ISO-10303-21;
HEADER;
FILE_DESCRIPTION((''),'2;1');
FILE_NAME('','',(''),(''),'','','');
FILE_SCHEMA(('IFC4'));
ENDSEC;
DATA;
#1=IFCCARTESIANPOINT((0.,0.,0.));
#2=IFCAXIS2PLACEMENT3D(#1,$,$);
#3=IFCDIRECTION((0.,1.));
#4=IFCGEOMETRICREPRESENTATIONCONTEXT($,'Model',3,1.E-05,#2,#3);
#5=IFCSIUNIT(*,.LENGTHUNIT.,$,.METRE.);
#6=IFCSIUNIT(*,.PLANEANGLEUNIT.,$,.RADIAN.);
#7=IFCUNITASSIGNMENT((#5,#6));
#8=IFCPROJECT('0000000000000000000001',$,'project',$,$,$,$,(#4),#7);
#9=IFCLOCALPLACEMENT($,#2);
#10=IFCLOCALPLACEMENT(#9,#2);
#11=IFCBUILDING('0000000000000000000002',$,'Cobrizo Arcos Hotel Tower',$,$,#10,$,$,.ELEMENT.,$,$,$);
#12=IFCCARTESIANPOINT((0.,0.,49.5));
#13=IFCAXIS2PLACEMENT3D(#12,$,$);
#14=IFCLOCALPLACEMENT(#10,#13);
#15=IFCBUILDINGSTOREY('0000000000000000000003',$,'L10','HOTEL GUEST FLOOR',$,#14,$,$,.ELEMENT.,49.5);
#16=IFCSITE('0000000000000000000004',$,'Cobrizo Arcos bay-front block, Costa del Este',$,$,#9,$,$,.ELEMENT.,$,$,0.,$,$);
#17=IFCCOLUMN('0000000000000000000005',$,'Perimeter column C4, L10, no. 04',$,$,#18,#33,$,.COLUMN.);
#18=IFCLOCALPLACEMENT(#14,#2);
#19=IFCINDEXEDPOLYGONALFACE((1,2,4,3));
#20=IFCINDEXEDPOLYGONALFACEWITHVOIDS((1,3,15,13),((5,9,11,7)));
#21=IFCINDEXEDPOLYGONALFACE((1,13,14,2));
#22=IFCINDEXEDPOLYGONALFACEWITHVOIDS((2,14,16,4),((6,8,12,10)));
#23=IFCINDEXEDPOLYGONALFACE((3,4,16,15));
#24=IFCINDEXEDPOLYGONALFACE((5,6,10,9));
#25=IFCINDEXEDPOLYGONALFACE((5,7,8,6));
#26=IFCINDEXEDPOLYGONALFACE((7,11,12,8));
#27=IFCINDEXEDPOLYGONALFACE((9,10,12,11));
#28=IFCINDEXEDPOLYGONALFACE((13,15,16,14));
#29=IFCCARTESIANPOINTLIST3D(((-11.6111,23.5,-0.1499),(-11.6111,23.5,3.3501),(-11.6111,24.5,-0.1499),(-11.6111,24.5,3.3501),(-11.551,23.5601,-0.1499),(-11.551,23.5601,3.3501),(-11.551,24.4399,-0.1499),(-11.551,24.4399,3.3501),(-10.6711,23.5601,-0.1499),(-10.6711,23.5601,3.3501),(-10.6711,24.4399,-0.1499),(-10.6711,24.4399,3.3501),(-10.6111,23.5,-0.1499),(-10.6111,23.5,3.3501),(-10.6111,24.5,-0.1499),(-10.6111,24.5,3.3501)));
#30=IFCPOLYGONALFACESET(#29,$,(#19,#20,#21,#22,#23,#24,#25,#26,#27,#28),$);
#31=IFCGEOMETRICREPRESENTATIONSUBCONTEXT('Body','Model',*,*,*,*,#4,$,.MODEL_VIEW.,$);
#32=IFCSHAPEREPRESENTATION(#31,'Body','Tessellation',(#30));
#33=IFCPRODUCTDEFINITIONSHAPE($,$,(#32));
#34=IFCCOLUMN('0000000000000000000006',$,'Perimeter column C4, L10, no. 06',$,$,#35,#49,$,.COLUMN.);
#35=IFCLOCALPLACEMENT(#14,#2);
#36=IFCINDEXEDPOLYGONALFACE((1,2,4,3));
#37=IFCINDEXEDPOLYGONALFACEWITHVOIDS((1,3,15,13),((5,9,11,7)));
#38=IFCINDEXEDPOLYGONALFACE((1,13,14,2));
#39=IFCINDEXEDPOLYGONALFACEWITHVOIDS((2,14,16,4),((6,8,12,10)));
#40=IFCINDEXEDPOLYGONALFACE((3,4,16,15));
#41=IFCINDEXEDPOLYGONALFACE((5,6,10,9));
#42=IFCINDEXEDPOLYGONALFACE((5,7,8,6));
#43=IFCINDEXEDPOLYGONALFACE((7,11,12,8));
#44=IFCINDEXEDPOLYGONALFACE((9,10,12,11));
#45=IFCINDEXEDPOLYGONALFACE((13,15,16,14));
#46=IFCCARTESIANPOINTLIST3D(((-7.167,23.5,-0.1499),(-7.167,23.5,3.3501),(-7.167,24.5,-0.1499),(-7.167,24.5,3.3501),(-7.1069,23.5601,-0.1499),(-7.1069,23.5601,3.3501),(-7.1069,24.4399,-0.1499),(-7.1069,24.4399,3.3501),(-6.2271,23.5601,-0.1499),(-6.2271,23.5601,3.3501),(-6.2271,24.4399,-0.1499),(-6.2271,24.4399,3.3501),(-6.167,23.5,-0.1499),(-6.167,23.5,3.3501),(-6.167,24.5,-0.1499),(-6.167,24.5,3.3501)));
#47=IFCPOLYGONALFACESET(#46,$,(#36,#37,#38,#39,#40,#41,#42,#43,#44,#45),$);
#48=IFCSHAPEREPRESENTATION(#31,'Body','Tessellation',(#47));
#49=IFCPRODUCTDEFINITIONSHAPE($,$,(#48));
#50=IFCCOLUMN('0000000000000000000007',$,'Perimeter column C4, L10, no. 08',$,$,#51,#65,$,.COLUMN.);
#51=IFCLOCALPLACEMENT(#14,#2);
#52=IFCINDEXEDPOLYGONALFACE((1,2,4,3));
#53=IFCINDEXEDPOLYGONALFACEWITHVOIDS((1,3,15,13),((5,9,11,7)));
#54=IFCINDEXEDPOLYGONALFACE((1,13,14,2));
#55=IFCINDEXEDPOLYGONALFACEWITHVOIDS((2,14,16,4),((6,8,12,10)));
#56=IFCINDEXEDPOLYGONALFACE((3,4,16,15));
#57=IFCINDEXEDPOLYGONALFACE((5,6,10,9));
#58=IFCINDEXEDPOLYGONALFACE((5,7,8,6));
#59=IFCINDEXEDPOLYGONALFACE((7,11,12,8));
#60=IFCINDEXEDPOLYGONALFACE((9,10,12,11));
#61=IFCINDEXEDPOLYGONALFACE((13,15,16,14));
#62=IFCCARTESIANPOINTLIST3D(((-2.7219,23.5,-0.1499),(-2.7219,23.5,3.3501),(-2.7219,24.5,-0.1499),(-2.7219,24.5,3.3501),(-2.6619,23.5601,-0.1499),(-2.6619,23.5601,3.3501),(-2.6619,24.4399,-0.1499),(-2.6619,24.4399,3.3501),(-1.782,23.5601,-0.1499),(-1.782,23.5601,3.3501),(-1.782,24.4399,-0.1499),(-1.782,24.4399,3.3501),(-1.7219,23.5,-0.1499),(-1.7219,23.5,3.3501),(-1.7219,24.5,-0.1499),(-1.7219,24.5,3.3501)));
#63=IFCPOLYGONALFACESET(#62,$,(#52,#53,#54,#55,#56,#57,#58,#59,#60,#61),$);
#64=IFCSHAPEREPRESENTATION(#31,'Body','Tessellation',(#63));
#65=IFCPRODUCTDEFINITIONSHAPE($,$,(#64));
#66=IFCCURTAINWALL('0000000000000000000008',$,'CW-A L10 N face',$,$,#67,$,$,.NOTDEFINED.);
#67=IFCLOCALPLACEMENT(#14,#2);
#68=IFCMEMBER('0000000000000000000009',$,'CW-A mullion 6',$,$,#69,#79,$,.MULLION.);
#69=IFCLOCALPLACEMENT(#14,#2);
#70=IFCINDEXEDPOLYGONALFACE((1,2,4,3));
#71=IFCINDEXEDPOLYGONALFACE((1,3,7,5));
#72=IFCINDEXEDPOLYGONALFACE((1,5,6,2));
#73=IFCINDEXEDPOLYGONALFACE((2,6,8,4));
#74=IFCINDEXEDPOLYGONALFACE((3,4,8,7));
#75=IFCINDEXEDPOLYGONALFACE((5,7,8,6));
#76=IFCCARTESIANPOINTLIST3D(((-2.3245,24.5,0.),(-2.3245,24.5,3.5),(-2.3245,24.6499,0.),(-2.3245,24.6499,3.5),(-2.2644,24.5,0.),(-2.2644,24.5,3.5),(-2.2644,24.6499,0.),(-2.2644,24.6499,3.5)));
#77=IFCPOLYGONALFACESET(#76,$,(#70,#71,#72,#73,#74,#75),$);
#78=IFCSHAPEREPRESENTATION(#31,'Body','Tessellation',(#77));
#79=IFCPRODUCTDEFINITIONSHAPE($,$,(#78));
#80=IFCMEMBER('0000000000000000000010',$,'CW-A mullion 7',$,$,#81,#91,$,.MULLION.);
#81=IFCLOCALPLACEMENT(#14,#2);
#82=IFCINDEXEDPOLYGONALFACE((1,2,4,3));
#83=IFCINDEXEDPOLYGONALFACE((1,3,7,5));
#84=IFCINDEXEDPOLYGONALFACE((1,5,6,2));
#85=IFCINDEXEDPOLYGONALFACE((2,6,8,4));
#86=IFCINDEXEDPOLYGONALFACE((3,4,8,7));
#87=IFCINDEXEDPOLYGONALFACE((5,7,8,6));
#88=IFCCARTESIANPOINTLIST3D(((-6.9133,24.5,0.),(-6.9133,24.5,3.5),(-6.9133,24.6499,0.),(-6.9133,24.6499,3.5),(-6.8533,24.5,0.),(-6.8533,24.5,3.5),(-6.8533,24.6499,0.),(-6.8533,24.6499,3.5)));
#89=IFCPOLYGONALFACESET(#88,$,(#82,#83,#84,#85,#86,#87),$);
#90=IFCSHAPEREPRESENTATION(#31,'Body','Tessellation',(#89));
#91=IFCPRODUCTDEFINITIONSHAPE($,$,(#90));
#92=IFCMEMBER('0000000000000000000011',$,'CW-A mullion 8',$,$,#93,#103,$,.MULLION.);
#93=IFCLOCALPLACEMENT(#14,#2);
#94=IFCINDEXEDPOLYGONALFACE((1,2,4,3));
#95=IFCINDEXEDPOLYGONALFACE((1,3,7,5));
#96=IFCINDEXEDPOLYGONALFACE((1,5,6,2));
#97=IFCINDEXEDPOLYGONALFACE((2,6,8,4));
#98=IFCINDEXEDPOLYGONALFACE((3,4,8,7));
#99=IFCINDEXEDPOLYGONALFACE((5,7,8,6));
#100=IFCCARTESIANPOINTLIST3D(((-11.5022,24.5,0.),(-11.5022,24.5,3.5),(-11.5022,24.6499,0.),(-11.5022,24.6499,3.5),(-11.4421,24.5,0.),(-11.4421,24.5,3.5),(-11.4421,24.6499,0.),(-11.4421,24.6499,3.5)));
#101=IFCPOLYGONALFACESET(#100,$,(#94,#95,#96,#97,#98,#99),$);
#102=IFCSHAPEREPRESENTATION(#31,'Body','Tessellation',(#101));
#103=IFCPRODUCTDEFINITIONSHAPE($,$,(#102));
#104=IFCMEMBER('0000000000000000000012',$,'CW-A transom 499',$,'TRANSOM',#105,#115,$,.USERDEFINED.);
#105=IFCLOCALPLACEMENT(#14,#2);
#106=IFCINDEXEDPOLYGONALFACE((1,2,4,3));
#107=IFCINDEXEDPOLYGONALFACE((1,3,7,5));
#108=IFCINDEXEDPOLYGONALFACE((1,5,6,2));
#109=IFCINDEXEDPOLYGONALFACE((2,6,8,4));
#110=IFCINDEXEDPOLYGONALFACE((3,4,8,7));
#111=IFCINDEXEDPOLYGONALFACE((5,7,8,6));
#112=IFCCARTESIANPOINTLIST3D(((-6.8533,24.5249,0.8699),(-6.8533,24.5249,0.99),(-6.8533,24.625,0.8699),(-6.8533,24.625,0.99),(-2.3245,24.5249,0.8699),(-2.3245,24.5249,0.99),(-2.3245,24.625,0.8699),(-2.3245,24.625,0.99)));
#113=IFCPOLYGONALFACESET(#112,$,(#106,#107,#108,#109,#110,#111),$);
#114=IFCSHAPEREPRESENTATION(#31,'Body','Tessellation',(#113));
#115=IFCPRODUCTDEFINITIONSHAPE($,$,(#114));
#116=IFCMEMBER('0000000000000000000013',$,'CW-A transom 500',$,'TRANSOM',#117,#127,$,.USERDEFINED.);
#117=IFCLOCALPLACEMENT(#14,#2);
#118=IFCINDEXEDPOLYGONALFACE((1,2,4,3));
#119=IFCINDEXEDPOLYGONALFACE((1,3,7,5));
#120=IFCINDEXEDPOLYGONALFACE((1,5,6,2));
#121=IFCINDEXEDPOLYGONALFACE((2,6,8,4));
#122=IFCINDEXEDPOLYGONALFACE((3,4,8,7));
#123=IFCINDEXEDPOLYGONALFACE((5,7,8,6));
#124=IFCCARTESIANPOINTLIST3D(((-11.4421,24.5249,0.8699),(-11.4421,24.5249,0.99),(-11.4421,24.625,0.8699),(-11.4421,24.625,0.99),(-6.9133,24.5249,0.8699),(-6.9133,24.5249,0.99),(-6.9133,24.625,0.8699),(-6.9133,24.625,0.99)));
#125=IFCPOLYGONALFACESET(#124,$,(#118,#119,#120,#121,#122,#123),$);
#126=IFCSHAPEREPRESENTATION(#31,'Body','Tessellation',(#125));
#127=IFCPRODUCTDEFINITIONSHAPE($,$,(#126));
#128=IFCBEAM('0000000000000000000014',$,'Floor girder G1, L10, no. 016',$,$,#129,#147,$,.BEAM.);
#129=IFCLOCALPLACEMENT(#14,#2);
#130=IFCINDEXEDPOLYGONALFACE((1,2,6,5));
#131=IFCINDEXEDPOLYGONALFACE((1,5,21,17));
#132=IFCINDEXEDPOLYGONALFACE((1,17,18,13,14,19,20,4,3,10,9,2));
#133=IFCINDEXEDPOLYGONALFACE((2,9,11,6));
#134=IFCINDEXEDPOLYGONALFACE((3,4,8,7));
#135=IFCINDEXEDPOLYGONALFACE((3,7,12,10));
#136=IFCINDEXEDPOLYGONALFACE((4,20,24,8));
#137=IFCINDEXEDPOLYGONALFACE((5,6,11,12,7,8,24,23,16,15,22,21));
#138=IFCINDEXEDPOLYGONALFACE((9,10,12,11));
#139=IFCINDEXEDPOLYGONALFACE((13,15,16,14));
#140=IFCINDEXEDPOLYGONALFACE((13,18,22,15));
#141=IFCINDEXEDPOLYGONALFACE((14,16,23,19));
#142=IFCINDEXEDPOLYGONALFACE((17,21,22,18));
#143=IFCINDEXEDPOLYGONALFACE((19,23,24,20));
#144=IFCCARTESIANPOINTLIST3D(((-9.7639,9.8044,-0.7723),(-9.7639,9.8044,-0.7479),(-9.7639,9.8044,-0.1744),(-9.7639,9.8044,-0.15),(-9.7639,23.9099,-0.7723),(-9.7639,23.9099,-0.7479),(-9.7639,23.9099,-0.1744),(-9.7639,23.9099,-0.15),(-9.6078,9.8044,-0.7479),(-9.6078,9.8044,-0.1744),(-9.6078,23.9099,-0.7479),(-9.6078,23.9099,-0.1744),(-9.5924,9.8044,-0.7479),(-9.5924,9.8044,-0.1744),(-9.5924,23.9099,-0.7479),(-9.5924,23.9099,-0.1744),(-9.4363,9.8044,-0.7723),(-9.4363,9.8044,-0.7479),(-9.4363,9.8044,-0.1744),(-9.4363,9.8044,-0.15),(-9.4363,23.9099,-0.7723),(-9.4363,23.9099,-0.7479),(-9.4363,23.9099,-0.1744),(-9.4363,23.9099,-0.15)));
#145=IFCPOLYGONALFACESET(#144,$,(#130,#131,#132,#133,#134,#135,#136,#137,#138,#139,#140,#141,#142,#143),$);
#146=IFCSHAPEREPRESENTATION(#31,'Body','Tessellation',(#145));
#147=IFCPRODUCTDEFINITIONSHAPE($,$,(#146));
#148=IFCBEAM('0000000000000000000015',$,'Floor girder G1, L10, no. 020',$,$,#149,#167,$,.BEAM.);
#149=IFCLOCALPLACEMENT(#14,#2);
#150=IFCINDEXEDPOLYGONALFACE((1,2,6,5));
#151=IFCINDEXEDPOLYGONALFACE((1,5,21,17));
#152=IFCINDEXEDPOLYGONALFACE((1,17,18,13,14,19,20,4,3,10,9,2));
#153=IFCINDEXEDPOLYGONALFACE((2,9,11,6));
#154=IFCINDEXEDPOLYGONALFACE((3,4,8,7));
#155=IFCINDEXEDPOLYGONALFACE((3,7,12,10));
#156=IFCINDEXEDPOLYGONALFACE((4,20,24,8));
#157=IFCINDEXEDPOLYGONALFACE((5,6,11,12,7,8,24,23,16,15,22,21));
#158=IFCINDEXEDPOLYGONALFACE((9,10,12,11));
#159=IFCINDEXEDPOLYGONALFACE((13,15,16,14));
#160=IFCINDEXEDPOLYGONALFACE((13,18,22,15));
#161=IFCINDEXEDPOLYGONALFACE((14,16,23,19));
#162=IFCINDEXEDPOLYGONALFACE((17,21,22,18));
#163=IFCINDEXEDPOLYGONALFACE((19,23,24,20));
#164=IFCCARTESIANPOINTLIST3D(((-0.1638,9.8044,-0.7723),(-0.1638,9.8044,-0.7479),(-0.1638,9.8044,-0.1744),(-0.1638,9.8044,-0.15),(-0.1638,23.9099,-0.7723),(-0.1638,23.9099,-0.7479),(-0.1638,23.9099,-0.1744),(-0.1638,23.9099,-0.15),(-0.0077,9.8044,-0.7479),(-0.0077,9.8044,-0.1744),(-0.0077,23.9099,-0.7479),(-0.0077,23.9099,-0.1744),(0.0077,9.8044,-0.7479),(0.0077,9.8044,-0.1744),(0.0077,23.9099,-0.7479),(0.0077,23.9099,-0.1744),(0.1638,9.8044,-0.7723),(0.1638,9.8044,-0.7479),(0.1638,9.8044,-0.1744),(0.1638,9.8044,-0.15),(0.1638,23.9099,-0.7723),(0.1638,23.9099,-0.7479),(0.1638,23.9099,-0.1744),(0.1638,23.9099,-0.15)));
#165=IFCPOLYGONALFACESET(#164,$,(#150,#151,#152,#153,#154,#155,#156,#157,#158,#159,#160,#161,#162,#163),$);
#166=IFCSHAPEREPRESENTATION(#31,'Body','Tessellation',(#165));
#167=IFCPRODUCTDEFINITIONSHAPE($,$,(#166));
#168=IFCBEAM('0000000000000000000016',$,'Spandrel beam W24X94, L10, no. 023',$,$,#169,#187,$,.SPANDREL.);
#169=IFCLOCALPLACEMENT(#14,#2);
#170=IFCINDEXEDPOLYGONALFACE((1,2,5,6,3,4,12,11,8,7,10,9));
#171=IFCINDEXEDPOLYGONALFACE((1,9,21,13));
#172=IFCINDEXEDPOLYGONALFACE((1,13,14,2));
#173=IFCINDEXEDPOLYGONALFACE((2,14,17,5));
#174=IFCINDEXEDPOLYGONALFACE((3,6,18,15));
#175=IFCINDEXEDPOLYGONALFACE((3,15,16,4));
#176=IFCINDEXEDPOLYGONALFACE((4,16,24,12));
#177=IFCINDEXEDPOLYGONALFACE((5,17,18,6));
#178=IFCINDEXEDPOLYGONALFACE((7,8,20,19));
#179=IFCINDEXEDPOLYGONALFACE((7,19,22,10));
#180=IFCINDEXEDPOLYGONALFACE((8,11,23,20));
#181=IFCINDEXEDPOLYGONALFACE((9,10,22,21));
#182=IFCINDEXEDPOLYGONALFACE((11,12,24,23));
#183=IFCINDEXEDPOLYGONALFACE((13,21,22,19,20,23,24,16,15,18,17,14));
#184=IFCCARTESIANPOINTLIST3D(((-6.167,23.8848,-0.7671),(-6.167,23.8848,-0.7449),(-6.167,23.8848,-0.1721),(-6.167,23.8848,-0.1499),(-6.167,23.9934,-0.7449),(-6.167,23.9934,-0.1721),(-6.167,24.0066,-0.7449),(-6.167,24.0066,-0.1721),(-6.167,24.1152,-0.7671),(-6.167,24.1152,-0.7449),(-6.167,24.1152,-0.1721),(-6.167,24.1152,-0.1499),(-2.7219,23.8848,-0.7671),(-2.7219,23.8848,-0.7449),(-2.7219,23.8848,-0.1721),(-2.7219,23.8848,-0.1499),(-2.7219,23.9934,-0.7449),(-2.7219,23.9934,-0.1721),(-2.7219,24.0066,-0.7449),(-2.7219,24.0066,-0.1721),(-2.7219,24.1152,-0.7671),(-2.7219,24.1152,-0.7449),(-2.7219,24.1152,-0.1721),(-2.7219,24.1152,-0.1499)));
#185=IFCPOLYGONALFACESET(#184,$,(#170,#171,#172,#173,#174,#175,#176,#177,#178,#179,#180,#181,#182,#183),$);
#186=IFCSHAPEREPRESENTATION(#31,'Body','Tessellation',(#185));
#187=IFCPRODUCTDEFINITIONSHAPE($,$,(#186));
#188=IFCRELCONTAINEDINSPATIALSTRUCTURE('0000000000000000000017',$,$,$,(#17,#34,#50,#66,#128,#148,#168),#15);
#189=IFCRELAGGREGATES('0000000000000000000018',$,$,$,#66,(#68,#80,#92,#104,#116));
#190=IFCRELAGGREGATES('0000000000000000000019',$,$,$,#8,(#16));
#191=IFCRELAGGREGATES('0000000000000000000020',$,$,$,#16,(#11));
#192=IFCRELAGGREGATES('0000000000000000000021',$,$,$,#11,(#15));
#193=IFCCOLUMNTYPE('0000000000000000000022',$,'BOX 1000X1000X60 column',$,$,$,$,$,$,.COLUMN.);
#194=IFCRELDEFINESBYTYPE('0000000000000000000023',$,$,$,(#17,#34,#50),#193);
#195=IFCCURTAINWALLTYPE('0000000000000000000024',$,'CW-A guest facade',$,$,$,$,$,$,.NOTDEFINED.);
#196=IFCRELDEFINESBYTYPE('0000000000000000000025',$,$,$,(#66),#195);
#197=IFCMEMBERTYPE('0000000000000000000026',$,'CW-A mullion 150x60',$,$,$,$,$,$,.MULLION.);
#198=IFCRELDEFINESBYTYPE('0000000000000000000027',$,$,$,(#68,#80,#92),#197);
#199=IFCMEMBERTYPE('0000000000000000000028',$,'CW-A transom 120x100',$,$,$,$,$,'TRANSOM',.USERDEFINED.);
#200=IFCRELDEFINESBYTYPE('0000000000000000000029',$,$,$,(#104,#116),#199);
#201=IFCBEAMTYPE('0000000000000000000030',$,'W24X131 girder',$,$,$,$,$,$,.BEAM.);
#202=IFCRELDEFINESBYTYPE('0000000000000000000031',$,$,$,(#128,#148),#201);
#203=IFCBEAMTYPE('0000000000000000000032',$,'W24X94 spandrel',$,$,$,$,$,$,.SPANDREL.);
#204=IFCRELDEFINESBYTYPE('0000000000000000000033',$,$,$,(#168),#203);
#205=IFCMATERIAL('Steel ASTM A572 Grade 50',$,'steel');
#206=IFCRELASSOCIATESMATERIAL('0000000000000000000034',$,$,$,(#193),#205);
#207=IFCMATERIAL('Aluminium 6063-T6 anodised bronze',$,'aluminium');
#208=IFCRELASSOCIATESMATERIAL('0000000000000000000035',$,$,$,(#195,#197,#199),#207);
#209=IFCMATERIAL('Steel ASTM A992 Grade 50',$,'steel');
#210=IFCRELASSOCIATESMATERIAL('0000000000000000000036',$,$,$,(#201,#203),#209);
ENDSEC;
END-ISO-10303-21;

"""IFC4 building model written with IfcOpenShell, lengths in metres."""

from ifc_helpers import new_model, si_unit, direction, frame, origin, origin_2d, place, context, subcontext, project, spatial, rectangle, hollow_rectangle, i_section, extrude, material, material_profile, profile_set, type_object, element, aggregate, save


model = new_model("IFC4")

# Units and contexts
model_context = context("Model", 3, precision=1e-05, world=origin(), true_north=direction((0.0, 1.0)))
body_context = subcontext(model_context, "Body", "Model", "MODEL_VIEW")
ifc_project = project(units=[si_unit("LENGTHUNIT", "METRE"), si_unit("PLANEANGLEUNIT", "RADIAN")], contexts=[model_context])

# Site, building, storey
site_placement = place(None, origin())
site = spatial("IfcSite", under=ifc_project, at=site_placement, Name="Cobrizo Arcos bay-front block, Costa del Este", CompositionType="ELEMENT", RefElevation=0.0)
building_placement = place(site_placement, origin())
building = spatial("IfcBuilding", under=site, at=building_placement, Name="Cobrizo Arcos Hotel Tower", CompositionType="ELEMENT")
storey_placement = place(building_placement, frame((0.0, 0.0, 49.5)))
storey = spatial("IfcBuildingStorey", under=building, at=storey_placement, Name="L10", Description="HOTEL GUEST FLOOR", CompositionType="ELEMENT", Elevation=49.5)

# Columns
ifc_material_1 = material(Name="Steel ASTM A572 Grade 50", Category="steel")
ifc_material_profile_1 = material_profile(ifc_material_1, hollow_rectangle(XDim=1.0, YDim=1.0, WallThickness=0.0601, at=origin_2d()), Name="BOX 1000X1000X60")
ifc_profile_set_1 = profile_set([ifc_material_profile_1], Name="Steel ASTM A572 Grade 50")
column_type = type_object("IfcColumnType", Name="BOX 1000X1000X60 column", PredefinedType="COLUMN", material=ifc_profile_set_1)
for number, where, z_axis, x_axis, name in (
    (1, (-11.1111, 24.0, -0.1499), (0.0, 0.0, 1.0), (1.0, 0.0, 0.0), "Perimeter column C4, L10, no. 04"),
    (2, (-6.667, 24.0, -0.1499), (0.0, 0.0, 1.0), (1.0, 0.0, 0.0), "Perimeter column C4, L10, no. 06"),
    (3, (-2.2219, 24.0, -0.1499), (0.0, 0.0, 1.0), (1.0, 0.0, 0.0), "Perimeter column C4, L10, no. 08"),
):
    element("IfcColumn", number, at=place(storey_placement, frame(where, z_axis=z_axis, x_axis=x_axis)), inside=storey, type_object=column_type, Name=name, PredefinedType="COLUMN", context=body_context, shape_type="SweptSolid", body=[
        extrude(hollow_rectangle(XDim=1.0, YDim=1.0, WallThickness=0.0601, at=origin_2d()), origin(), (0.0, 0.0, 1.0), 3.5),
    ])

# Curtain wall, members
ifc_material_2 = material(Name="Aluminium 6063-T6 anodised bronze", Category="aluminium")
curtain_wall_type = type_object("IfcCurtainWallType", Name="CW-A guest facade", PredefinedType="NOTDEFINED", material=ifc_material_2)
curtain_wall_placement = place(storey_placement, origin())
curtain_wall = element("IfcCurtainWall", 4, at=curtain_wall_placement, inside=storey, type_object=curtain_wall_type, Name="CW-A L10 N face", PredefinedType="NOTDEFINED")
ifc_material_profile_2 = material_profile(ifc_material_2, rectangle(XDim=0.1499, YDim=0.0601, at=origin_2d()), Name="CW-A mullion 150x60")
ifc_profile_set_2 = profile_set([ifc_material_profile_2], Name="Aluminium 6063-T6 anodised bronze")
member_type_1 = type_object("IfcMemberType", Name="CW-A mullion 150x60", PredefinedType="MULLION", material=ifc_profile_set_2)
member_1_placement = place(storey_placement, frame((-2.2944, 24.575, 0.0), z_axis=(0.0, 0.0, 1.0), x_axis=(0.0, 1.0, 0.0)))
member_1 = element("IfcMember", 5, at=member_1_placement, type_object=member_type_1, Name="CW-A mullion 6", PredefinedType="MULLION", context=body_context, shape_type="SweptSolid", body=[
    extrude(rectangle(XDim=0.1499, YDim=0.0601, at=origin_2d()), origin(), (0.0, 0.0, 1.0), 3.5),
])
member_2_placement = place(storey_placement, frame((-6.8833, 24.575, 0.0), z_axis=(0.0, 0.0, 1.0), x_axis=(0.0, 1.0, 0.0)))
member_2 = element("IfcMember", 6, at=member_2_placement, type_object=member_type_1, Name="CW-A mullion 7", PredefinedType="MULLION", context=body_context, shape_type="SweptSolid", body=[
    extrude(rectangle(XDim=0.1499, YDim=0.0601, at=origin_2d()), origin(), (0.0, 0.0, 1.0), 3.5),
])
member_3_placement = place(storey_placement, frame((-11.4722, 24.575, 0.0), z_axis=(0.0, 0.0, 1.0), x_axis=(0.0, 1.0, 0.0)))
member_3 = element("IfcMember", 7, at=member_3_placement, type_object=member_type_1, Name="CW-A mullion 8", PredefinedType="MULLION", context=body_context, shape_type="SweptSolid", body=[
    extrude(rectangle(XDim=0.1499, YDim=0.0601, at=origin_2d()), origin(), (0.0, 0.0, 1.0), 3.5),
])
ifc_material_profile_3 = material_profile(ifc_material_2, rectangle(XDim=0.1001, YDim=0.1201, at=origin_2d()), Name="CW-A transom 120x100")
ifc_profile_set_3 = profile_set([ifc_material_profile_3], Name="Aluminium 6063-T6 anodised bronze")
member_type_2 = type_object("IfcMemberType", Name="CW-A transom 120x100", ElementType="TRANSOM", PredefinedType="USERDEFINED", material=ifc_profile_set_3)
member_4_placement = place(storey_placement, frame((-2.3245, 24.575, 0.9299), z_axis=(-1.0, 0.0, 0.0), x_axis=(0.0, -1.0, 0.0)))
member_4 = element("IfcMember", 8, at=member_4_placement, type_object=member_type_2, Name="CW-A transom 499", ObjectType="TRANSOM", PredefinedType="USERDEFINED", context=body_context, shape_type="SweptSolid", body=[
    extrude(rectangle(XDim=0.1001, YDim=0.1201, at=origin_2d()), origin(), (0.0, 0.0, 1.0), 4.5288),
])
member_5_placement = place(storey_placement, frame((-6.9133, 24.575, 0.9299), z_axis=(-1.0, 0.0, 0.0), x_axis=(0.0, -1.0, 0.0)))
member_5 = element("IfcMember", 9, at=member_5_placement, type_object=member_type_2, Name="CW-A transom 500", ObjectType="TRANSOM", PredefinedType="USERDEFINED", context=body_context, shape_type="SweptSolid", body=[
    extrude(rectangle(XDim=0.1001, YDim=0.1201, at=origin_2d()), origin(), (0.0, 0.0, 1.0), 4.5288),
])

# Beams
ifc_material_3 = material(Name="Steel ASTM A992 Grade 50", Category="steel")
ifc_material_profile_4 = material_profile(ifc_material_3, i_section(OverallWidth=0.3276, OverallDepth=0.6223, WebThickness=0.0154, FlangeThickness=0.0244, at=origin_2d()), Name="W24X131")
ifc_profile_set_4 = profile_set([ifc_material_profile_4], Name="Steel ASTM A992 Grade 50")
beam_type_1 = type_object("IfcBeamType", Name="W24X131 girder", PredefinedType="BEAM", material=ifc_profile_set_4)
for number, where, z_axis, x_axis, name in (
    (10, (-9.6001, 9.8044, -0.4612), (0.0, 1.0, 0.0), (-1.0, 0.0, 0.0), "Floor girder G1, L10, no. 016"),
    (11, (0.0, 9.8044, -0.4612), (0.0, 1.0, 0.0), (-1.0, 0.0, 0.0), "Floor girder G1, L10, no. 020"),
):
    element("IfcBeam", number, at=place(storey_placement, frame(where, z_axis=z_axis, x_axis=x_axis)), inside=storey, type_object=beam_type_1, Name=name, PredefinedType="BEAM", context=body_context, shape_type="SweptSolid", body=[
        extrude(i_section(OverallWidth=0.3276, OverallDepth=0.6223, WebThickness=0.0154, FlangeThickness=0.0244, at=origin_2d()), origin(), (0.0, 0.0, 1.0), 14.1055),
    ])
ifc_material_profile_5 = material_profile(ifc_material_3, i_section(OverallWidth=0.2305, OverallDepth=0.6172, WebThickness=0.0132, FlangeThickness=0.0222, at=origin_2d()), Name="W24X94")
ifc_profile_set_5 = profile_set([ifc_material_profile_5], Name="Steel ASTM A992 Grade 50")
beam_type_2 = type_object("IfcBeamType", Name="W24X94 spandrel", PredefinedType="SPANDREL", material=ifc_profile_set_5)
beam_1_placement = place(storey_placement, frame((-2.7219, 24.0, -0.4585), z_axis=(-1.0, 0.0, 0.0), x_axis=(0.0, -1.0, 0.0)))
element("IfcBeam", 12, at=beam_1_placement, inside=storey, type_object=beam_type_2, Name="Spandrel beam W24X94, L10, no. 023", PredefinedType="SPANDREL", context=body_context, shape_type="SweptSolid", body=[
    extrude(i_section(OverallWidth=0.2305, OverallDepth=0.6172, WebThickness=0.0132, FlangeThickness=0.0222, at=origin_2d()), origin(), (0.0, 0.0, 1.0), 3.4451),
])

aggregate(curtain_wall, [member_1, member_2, member_3, member_4, member_5])

save(model, "model.ifc")
